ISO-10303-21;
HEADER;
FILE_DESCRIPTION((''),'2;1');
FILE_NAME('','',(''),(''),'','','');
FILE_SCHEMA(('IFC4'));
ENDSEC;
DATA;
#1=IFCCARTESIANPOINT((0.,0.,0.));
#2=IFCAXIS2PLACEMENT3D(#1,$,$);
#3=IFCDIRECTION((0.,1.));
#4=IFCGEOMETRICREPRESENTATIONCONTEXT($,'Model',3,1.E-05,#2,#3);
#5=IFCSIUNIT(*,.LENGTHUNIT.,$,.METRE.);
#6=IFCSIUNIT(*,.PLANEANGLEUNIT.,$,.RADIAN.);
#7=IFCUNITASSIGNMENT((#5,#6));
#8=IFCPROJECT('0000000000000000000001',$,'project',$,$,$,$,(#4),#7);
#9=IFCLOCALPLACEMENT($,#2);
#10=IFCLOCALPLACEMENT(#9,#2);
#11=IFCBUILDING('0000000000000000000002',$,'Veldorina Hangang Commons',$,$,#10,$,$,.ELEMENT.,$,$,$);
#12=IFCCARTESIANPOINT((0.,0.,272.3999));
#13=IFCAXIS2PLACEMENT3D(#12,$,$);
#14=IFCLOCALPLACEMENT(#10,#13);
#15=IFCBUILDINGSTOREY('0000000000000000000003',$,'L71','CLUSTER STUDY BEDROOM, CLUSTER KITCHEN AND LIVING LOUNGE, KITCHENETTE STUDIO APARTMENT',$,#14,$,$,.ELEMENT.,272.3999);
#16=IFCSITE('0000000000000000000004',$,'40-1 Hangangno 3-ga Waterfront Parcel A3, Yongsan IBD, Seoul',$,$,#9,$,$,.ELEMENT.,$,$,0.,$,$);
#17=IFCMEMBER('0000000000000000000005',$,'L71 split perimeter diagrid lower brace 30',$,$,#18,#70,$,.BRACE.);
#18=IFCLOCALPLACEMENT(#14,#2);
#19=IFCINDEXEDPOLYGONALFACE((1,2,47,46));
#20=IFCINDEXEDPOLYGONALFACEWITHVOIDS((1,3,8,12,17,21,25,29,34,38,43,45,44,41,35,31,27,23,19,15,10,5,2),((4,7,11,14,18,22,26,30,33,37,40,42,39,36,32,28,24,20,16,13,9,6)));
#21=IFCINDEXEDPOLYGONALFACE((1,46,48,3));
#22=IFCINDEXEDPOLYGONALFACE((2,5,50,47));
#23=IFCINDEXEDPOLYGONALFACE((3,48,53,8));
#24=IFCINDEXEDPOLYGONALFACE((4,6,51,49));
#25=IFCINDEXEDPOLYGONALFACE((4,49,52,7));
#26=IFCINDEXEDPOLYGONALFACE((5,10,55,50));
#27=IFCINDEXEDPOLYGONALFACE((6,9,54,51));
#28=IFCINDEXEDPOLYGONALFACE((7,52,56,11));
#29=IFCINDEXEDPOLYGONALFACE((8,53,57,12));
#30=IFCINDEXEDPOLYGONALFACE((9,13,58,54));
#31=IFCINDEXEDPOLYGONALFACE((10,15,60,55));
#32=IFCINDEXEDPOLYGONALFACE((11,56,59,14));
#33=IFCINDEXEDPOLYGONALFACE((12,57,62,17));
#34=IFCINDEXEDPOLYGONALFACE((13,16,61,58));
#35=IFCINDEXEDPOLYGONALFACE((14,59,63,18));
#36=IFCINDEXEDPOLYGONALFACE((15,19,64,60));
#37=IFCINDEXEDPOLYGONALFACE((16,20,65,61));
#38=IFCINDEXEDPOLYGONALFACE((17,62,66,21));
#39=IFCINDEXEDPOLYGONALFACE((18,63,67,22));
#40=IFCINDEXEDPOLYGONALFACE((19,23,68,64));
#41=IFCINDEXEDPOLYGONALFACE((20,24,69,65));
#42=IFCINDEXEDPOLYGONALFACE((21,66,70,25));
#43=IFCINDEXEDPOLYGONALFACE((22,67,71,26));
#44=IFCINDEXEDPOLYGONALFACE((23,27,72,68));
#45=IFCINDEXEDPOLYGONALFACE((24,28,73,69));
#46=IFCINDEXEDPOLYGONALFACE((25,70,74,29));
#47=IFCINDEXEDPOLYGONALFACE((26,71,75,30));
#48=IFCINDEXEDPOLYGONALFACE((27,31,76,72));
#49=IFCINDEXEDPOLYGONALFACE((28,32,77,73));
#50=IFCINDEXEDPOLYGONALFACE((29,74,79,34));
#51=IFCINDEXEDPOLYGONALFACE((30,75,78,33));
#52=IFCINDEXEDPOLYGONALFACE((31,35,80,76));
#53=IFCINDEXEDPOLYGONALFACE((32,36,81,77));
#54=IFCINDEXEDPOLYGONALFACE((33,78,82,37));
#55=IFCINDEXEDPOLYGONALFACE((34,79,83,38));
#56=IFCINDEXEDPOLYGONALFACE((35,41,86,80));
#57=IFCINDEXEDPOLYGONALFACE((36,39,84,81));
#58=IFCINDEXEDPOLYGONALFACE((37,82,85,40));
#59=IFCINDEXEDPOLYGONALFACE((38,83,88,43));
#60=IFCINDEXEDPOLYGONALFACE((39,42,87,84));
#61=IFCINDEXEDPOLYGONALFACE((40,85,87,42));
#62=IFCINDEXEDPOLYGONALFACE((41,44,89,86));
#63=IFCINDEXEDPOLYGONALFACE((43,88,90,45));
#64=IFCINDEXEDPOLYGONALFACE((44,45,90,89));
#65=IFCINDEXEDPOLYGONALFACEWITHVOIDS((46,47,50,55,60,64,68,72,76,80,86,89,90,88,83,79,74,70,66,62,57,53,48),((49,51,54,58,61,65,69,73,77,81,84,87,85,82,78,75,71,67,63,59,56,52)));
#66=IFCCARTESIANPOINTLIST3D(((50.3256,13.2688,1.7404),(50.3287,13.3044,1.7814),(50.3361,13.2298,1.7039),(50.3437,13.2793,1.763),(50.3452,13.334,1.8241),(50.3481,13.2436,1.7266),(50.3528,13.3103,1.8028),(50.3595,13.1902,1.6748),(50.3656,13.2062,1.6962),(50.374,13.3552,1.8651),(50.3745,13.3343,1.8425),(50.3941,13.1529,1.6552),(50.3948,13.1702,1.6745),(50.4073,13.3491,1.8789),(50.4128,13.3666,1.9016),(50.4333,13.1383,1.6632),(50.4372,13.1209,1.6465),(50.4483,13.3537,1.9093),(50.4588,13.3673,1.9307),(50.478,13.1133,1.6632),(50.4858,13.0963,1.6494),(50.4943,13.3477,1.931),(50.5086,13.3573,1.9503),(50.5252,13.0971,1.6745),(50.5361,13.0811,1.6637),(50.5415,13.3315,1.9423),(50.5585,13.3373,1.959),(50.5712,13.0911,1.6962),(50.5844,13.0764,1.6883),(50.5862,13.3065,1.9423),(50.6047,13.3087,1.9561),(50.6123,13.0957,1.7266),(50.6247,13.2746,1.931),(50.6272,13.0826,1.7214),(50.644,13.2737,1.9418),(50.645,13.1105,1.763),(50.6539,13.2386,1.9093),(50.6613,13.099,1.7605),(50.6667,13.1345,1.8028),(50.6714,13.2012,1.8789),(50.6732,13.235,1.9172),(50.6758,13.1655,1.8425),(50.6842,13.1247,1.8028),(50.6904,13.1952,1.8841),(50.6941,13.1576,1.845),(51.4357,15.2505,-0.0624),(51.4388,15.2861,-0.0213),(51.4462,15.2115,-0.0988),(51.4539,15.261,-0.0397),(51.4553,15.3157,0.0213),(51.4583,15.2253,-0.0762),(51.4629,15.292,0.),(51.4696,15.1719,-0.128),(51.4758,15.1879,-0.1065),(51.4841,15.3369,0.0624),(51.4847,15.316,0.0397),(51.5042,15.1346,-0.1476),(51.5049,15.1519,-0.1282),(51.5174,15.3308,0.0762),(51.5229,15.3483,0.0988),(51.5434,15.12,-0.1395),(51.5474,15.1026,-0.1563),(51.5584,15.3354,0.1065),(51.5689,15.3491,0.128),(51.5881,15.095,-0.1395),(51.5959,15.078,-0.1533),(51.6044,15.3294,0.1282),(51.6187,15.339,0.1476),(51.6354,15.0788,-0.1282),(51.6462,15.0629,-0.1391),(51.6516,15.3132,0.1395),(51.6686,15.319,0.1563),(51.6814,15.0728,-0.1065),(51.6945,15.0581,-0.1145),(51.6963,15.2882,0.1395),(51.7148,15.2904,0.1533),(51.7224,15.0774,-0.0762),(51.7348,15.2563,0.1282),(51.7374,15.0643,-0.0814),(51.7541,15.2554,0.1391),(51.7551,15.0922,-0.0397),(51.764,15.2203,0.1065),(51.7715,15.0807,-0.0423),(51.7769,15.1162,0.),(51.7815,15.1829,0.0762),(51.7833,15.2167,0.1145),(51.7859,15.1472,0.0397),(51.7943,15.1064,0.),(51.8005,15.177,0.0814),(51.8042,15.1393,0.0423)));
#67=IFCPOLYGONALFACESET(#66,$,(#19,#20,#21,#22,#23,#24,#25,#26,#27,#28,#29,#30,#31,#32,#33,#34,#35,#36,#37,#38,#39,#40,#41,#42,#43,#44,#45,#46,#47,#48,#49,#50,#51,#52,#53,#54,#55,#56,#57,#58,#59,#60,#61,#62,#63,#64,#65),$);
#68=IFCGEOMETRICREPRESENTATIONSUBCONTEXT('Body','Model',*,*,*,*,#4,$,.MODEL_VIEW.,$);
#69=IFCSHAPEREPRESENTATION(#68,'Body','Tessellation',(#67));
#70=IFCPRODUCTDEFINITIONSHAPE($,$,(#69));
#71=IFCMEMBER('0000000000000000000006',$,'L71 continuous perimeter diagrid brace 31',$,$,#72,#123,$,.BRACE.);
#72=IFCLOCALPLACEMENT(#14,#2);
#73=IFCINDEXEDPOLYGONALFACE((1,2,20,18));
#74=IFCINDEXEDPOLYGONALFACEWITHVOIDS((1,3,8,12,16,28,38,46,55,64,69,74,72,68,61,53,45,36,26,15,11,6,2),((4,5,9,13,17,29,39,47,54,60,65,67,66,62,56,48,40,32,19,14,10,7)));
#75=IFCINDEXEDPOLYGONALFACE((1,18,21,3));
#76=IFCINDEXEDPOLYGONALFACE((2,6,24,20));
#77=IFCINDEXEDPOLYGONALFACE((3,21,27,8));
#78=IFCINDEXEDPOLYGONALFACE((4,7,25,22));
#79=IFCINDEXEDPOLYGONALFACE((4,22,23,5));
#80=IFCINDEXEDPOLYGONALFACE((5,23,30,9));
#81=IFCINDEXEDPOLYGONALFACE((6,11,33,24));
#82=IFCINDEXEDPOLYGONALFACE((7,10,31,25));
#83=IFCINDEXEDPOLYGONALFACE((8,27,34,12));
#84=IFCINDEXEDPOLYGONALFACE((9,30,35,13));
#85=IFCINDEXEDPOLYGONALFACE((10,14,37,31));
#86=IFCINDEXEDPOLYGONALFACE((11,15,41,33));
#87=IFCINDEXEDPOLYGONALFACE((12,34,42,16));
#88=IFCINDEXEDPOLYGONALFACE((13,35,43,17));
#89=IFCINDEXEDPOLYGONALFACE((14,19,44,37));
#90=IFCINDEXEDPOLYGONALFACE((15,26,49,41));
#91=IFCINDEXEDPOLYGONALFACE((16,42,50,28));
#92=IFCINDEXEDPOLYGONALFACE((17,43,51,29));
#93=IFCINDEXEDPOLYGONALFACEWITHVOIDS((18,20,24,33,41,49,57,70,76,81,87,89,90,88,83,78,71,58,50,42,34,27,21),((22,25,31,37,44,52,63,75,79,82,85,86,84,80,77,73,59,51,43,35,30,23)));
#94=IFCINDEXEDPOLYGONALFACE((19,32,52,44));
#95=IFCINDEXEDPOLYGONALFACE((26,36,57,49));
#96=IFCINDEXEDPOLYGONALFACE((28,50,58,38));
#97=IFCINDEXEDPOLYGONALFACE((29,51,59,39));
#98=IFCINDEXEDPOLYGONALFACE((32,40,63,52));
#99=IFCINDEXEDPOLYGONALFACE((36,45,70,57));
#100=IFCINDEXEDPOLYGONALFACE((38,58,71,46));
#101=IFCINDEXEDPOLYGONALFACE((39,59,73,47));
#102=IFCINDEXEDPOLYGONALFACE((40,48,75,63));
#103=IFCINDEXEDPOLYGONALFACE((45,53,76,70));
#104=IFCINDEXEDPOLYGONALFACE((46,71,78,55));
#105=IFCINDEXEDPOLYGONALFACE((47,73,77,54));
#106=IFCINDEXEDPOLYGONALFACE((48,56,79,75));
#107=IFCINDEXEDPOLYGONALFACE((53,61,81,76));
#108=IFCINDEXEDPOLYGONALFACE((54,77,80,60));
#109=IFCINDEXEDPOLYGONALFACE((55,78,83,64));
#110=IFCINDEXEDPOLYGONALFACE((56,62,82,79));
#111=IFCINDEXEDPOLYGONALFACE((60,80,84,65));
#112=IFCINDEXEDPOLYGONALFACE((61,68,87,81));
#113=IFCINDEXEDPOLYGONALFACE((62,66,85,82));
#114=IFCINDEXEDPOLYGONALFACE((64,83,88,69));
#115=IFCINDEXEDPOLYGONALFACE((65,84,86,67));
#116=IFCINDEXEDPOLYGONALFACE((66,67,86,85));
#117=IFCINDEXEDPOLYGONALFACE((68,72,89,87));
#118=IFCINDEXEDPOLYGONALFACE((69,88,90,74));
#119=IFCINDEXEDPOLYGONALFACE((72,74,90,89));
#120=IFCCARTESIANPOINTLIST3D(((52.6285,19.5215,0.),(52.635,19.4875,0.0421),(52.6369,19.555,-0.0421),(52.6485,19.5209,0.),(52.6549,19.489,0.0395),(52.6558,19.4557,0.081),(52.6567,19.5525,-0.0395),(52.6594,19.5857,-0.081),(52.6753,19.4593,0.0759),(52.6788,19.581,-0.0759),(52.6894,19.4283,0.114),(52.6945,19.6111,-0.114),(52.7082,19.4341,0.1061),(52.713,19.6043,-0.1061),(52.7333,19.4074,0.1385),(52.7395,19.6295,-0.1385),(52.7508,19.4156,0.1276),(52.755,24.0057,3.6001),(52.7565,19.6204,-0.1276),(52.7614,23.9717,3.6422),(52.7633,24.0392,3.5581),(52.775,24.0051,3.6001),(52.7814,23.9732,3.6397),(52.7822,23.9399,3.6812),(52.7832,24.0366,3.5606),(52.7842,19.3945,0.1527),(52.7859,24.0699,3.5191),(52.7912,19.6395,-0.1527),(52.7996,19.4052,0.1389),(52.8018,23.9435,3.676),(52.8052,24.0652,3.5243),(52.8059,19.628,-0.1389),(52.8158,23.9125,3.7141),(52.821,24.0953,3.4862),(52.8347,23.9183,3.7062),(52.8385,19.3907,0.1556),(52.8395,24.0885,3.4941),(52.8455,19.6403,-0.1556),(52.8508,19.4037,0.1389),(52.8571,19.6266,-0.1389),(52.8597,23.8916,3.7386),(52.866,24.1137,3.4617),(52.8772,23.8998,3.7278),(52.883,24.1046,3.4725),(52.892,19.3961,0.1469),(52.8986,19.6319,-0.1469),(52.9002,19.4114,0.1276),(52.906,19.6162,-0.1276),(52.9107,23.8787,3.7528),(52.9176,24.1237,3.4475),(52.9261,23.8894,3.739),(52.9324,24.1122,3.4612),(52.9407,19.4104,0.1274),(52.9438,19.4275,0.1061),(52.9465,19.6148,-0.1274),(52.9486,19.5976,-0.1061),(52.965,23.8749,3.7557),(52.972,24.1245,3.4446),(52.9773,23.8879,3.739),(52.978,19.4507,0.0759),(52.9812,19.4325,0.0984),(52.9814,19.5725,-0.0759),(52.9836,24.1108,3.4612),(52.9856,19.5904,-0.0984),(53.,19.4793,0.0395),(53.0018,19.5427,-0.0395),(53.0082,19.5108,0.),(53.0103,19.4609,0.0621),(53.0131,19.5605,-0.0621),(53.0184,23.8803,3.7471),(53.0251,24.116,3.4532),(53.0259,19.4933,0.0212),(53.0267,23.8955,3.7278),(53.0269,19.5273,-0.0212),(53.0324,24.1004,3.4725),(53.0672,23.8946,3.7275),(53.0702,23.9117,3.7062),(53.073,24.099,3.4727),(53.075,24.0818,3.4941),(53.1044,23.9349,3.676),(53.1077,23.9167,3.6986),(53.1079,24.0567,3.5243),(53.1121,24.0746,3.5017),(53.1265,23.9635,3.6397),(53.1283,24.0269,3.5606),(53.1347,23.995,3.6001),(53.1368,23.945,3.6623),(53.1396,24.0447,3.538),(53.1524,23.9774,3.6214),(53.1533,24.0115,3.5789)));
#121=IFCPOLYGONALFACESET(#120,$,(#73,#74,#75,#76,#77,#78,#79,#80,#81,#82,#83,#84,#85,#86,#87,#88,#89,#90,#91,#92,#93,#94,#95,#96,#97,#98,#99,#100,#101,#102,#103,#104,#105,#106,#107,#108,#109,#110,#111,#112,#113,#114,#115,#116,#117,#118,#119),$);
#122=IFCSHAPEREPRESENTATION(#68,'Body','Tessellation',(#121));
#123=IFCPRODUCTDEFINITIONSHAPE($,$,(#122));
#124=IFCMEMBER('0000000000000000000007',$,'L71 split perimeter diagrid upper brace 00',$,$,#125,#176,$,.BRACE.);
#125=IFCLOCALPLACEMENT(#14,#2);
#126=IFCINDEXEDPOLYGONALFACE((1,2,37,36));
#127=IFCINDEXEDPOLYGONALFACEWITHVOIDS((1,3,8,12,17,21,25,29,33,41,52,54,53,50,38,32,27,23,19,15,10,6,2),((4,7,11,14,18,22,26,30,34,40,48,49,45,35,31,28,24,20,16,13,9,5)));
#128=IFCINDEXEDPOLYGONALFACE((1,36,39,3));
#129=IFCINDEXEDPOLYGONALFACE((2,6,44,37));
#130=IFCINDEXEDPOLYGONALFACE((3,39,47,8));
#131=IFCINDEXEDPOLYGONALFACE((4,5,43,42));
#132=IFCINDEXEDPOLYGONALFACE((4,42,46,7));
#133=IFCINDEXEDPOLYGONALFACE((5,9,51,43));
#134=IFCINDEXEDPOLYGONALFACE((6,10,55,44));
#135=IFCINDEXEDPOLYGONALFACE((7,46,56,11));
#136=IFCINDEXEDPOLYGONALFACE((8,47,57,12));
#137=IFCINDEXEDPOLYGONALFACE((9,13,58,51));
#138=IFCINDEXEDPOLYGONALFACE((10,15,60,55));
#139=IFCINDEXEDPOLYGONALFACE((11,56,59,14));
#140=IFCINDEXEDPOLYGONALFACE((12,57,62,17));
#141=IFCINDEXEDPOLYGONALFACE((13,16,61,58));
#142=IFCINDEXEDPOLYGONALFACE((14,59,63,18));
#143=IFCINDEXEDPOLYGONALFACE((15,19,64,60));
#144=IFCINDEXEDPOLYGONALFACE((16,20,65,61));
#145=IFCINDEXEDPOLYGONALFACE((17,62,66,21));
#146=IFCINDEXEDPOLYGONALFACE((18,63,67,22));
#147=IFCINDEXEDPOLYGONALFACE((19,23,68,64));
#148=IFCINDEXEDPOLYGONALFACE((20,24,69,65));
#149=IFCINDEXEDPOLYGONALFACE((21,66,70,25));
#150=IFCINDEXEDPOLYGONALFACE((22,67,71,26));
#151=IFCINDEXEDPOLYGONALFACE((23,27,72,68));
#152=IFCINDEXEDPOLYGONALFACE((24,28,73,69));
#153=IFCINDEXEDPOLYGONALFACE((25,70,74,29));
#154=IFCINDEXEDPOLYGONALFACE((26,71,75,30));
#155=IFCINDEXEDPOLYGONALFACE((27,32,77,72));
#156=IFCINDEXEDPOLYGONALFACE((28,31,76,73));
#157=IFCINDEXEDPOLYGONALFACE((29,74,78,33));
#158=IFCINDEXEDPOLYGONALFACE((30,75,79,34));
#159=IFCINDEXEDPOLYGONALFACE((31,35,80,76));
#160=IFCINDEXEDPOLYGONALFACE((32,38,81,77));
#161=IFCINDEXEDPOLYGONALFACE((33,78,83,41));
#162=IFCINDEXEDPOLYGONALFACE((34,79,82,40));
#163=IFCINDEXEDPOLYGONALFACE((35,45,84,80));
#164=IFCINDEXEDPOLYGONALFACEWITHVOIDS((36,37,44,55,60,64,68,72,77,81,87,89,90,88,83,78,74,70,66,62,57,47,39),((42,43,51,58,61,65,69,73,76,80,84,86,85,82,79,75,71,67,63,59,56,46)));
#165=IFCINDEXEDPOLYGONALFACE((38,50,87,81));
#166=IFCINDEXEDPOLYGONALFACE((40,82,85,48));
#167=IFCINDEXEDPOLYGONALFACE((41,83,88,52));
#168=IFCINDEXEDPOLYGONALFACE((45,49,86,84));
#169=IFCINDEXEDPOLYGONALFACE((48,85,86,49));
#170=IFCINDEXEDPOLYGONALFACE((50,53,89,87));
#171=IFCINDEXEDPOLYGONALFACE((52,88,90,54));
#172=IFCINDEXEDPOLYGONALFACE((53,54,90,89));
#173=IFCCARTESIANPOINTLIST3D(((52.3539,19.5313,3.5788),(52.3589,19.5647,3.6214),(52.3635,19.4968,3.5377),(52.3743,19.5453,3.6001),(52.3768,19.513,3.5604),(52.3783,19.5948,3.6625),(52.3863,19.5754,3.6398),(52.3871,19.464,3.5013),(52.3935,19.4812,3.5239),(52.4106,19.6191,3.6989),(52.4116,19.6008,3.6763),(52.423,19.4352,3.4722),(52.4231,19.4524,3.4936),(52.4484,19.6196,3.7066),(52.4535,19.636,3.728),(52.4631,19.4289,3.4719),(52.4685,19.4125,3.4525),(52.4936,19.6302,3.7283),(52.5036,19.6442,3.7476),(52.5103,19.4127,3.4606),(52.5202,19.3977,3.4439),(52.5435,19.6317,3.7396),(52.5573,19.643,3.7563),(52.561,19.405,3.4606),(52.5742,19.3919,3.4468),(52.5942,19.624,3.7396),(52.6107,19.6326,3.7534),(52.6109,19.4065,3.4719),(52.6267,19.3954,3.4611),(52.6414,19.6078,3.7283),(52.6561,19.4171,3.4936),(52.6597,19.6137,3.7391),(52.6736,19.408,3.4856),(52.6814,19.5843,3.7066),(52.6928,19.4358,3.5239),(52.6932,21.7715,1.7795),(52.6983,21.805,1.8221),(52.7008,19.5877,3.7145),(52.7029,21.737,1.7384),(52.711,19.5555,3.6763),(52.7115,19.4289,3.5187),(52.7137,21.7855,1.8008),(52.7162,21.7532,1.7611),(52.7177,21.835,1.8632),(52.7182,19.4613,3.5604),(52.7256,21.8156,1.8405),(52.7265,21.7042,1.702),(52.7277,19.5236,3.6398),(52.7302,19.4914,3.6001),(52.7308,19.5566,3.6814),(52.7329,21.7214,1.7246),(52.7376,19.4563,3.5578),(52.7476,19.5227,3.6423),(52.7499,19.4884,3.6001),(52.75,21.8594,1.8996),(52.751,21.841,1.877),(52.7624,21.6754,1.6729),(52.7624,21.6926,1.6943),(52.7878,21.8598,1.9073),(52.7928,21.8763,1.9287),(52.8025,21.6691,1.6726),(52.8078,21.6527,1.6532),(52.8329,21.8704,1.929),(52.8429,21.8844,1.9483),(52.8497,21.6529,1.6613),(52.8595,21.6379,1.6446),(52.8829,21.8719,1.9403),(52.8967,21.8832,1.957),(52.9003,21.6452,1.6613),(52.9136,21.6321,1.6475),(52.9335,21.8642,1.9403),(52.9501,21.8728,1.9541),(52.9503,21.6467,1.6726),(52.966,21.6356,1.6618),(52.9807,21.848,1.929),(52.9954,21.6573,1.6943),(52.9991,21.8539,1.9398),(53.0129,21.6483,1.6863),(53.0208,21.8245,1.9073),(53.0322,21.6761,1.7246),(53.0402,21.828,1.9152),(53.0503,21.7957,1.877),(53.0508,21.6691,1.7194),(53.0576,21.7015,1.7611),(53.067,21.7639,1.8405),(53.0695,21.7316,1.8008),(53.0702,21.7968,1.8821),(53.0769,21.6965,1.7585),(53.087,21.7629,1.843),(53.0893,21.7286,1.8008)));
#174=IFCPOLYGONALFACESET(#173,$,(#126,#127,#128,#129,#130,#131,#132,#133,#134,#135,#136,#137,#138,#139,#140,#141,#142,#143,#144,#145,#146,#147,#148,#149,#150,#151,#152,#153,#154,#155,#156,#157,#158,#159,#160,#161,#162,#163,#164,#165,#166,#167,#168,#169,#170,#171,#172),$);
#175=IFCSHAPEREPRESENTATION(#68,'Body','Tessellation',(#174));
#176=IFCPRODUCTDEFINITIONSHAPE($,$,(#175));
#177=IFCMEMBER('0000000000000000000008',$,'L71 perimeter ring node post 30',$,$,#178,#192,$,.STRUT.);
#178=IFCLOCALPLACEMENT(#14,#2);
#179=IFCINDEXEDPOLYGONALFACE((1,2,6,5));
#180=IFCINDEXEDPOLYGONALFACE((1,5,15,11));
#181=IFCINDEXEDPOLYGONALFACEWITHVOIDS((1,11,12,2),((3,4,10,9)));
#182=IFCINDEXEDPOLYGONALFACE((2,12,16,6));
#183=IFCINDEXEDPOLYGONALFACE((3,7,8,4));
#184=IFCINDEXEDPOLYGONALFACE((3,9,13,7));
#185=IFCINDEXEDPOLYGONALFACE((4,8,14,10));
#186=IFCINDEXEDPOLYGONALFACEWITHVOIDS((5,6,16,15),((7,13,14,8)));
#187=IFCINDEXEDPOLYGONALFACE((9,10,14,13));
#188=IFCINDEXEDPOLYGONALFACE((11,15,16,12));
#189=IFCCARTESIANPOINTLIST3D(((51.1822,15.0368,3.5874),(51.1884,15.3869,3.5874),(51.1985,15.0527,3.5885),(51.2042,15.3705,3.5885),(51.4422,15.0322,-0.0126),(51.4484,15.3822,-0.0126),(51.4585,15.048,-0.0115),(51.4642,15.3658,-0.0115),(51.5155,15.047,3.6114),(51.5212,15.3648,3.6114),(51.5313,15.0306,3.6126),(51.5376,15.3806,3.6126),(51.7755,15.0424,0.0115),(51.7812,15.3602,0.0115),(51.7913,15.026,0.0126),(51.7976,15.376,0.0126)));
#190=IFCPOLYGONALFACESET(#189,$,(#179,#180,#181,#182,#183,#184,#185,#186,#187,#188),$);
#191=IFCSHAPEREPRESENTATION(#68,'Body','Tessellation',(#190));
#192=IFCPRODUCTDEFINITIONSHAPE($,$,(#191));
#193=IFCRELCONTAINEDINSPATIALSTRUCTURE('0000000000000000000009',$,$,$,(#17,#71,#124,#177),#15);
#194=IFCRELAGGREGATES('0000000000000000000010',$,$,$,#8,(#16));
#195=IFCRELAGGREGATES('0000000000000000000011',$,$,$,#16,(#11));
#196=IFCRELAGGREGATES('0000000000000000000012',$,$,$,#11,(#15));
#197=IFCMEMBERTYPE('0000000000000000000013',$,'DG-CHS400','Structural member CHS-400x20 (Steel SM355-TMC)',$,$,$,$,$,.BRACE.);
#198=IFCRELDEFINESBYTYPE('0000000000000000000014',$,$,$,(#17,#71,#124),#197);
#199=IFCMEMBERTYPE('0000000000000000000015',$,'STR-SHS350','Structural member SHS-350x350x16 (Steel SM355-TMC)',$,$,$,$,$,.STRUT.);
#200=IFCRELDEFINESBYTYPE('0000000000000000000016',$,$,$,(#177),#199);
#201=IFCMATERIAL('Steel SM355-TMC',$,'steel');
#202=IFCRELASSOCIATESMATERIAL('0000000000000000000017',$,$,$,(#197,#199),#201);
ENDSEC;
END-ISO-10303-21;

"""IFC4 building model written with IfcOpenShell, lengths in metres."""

from ifc_helpers import new_model, si_unit, direction, frame, origin, origin_2d, place, context, subcontext, project, spatial, hollow_rectangle, hollow_circle, extrude, material, material_profile, profile_set, type_object, element, save


model = new_model("IFC4")

# Units and contexts
model_context = context("Model", 3, precision=1e-05, world=origin(), true_north=direction((0.0, 1.0)))
body_context = subcontext(model_context, "Body", "Model", "MODEL_VIEW")
ifc_project = project(units=[si_unit("LENGTHUNIT", "METRE"), si_unit("PLANEANGLEUNIT", "RADIAN")], contexts=[model_context])

# Site, building, storey
site_placement = place(None, origin())
site = spatial("IfcSite", under=ifc_project, at=site_placement, Name="40-1 Hangangno 3-ga Waterfront Parcel A3, Yongsan IBD, Seoul", CompositionType="ELEMENT", RefElevation=0.0)
building_placement = place(site_placement, origin())
building = spatial("IfcBuilding", under=site, at=building_placement, Name="Veldorina Hangang Commons", CompositionType="ELEMENT")
storey_placement = place(building_placement, frame((0.0, 0.0, 272.3999)))
storey = spatial("IfcBuildingStorey", under=building, at=storey_placement, Name="L71", Description="CLUSTER STUDY BEDROOM, CLUSTER KITCHEN AND LIVING LOUNGE, KITCHENETTE STUDIO APARTMENT", CompositionType="ELEMENT", Elevation=272.3999)

# Shared definitions
ifc_material_1 = material(Name="Steel SM355-TMC", Category="steel")

# Members
ifc_material_profile_1 = material_profile(ifc_material_1, hollow_circle(Radius=0.2, WallThickness=0.02, at=origin_2d()), Name="CHS-400x20")
ifc_profile_set_1 = profile_set([ifc_material_profile_1], Name="Steel SM355-TMC")
member_type_1 = type_object("IfcMemberType", Name="DG-CHS400", Description="Structural member CHS-400x20 (Steel SM355-TMC)", PredefinedType="BRACE", material=ifc_profile_set_1)
member_1_placement = place(storey_placement, frame((51.6199, 15.2041, 0.0), z_axis=(-0.382812, -0.68337, 0.621659), x_axis=(0.872438, -0.488724, 0.0)))
element("IfcMember", 1, at=member_1_placement, inside=storey, type_object=member_type_1, Name="L71 split perimeter diagrid lower brace 30", PredefinedType="BRACE", context=body_context, shape_type="SweptSolid", body=[
    extrude(hollow_circle(Radius=0.2, WallThickness=0.02, at=origin_2d()), origin(), (0.0, 0.0, 1.0), 2.8999),
])
member_2_placement = place(storey_placement, frame((52.8284, 19.5159, 0.0), z_axis=(0.021987, 0.779594, 0.625899), x_axis=(-0.999603, 0.028192, 0.0)))
element("IfcMember", 2, at=member_2_placement, inside=storey, type_object=member_type_1, Name="L71 continuous perimeter diagrid brace 31", PredefinedType="BRACE", context=body_context, shape_type="SweptSolid", body=[
    extrude(hollow_circle(Radius=0.2, WallThickness=0.02, at=origin_2d()), origin(), (0.0, 0.0, 1.0), 5.752),
])
member_3_placement = place(storey_placement, frame((52.8916, 21.7585, 1.8008), z_axis=(-0.117289, -0.774276, 0.621885), x_axis=(0.98872, -0.149773, 0.0)))
element("IfcMember", 3, at=member_3_placement, inside=storey, type_object=member_type_1, Name="L71 split perimeter diagrid upper brace 00", PredefinedType="BRACE", context=body_context, shape_type="SweptSolid", body=[
    extrude(hollow_circle(Radius=0.2, WallThickness=0.02, at=origin_2d()), origin(), (0.0, 0.0, 1.0), 2.8933),
])
ifc_material_profile_2 = material_profile(ifc_material_1, hollow_rectangle(XDim=0.3501, YDim=0.3501, WallThickness=0.0161, at=origin_2d()), Name="SHS-350x350x16")
ifc_profile_set_2 = profile_set([ifc_material_profile_2], Name="Steel SM355-TMC")
member_type_2 = type_object("IfcMemberType", Name="STR-SHS350", Description="Structural member SHS-350x350x16 (Steel SM355-TMC)", PredefinedType="STRUT", material=ifc_profile_set_2)
member_4_placement = place(storey_placement, frame((51.6199, 15.2041, 0.0), z_axis=(-0.072035, 0.001285, 0.997401), x_axis=(-0.017838, -0.999841, 0.0)))
element("IfcMember", 4, at=member_4_placement, inside=storey, type_object=member_type_2, Name="L71 perimeter ring node post 30", PredefinedType="STRUT", context=body_context, shape_type="SweptSolid", body=[
    extrude(hollow_rectangle(XDim=0.3501, YDim=0.3501, WallThickness=0.0161, at=origin_2d()), origin(), (0.0, 0.0, 1.0), 3.6094),
])

save(model, "model.ifc")
